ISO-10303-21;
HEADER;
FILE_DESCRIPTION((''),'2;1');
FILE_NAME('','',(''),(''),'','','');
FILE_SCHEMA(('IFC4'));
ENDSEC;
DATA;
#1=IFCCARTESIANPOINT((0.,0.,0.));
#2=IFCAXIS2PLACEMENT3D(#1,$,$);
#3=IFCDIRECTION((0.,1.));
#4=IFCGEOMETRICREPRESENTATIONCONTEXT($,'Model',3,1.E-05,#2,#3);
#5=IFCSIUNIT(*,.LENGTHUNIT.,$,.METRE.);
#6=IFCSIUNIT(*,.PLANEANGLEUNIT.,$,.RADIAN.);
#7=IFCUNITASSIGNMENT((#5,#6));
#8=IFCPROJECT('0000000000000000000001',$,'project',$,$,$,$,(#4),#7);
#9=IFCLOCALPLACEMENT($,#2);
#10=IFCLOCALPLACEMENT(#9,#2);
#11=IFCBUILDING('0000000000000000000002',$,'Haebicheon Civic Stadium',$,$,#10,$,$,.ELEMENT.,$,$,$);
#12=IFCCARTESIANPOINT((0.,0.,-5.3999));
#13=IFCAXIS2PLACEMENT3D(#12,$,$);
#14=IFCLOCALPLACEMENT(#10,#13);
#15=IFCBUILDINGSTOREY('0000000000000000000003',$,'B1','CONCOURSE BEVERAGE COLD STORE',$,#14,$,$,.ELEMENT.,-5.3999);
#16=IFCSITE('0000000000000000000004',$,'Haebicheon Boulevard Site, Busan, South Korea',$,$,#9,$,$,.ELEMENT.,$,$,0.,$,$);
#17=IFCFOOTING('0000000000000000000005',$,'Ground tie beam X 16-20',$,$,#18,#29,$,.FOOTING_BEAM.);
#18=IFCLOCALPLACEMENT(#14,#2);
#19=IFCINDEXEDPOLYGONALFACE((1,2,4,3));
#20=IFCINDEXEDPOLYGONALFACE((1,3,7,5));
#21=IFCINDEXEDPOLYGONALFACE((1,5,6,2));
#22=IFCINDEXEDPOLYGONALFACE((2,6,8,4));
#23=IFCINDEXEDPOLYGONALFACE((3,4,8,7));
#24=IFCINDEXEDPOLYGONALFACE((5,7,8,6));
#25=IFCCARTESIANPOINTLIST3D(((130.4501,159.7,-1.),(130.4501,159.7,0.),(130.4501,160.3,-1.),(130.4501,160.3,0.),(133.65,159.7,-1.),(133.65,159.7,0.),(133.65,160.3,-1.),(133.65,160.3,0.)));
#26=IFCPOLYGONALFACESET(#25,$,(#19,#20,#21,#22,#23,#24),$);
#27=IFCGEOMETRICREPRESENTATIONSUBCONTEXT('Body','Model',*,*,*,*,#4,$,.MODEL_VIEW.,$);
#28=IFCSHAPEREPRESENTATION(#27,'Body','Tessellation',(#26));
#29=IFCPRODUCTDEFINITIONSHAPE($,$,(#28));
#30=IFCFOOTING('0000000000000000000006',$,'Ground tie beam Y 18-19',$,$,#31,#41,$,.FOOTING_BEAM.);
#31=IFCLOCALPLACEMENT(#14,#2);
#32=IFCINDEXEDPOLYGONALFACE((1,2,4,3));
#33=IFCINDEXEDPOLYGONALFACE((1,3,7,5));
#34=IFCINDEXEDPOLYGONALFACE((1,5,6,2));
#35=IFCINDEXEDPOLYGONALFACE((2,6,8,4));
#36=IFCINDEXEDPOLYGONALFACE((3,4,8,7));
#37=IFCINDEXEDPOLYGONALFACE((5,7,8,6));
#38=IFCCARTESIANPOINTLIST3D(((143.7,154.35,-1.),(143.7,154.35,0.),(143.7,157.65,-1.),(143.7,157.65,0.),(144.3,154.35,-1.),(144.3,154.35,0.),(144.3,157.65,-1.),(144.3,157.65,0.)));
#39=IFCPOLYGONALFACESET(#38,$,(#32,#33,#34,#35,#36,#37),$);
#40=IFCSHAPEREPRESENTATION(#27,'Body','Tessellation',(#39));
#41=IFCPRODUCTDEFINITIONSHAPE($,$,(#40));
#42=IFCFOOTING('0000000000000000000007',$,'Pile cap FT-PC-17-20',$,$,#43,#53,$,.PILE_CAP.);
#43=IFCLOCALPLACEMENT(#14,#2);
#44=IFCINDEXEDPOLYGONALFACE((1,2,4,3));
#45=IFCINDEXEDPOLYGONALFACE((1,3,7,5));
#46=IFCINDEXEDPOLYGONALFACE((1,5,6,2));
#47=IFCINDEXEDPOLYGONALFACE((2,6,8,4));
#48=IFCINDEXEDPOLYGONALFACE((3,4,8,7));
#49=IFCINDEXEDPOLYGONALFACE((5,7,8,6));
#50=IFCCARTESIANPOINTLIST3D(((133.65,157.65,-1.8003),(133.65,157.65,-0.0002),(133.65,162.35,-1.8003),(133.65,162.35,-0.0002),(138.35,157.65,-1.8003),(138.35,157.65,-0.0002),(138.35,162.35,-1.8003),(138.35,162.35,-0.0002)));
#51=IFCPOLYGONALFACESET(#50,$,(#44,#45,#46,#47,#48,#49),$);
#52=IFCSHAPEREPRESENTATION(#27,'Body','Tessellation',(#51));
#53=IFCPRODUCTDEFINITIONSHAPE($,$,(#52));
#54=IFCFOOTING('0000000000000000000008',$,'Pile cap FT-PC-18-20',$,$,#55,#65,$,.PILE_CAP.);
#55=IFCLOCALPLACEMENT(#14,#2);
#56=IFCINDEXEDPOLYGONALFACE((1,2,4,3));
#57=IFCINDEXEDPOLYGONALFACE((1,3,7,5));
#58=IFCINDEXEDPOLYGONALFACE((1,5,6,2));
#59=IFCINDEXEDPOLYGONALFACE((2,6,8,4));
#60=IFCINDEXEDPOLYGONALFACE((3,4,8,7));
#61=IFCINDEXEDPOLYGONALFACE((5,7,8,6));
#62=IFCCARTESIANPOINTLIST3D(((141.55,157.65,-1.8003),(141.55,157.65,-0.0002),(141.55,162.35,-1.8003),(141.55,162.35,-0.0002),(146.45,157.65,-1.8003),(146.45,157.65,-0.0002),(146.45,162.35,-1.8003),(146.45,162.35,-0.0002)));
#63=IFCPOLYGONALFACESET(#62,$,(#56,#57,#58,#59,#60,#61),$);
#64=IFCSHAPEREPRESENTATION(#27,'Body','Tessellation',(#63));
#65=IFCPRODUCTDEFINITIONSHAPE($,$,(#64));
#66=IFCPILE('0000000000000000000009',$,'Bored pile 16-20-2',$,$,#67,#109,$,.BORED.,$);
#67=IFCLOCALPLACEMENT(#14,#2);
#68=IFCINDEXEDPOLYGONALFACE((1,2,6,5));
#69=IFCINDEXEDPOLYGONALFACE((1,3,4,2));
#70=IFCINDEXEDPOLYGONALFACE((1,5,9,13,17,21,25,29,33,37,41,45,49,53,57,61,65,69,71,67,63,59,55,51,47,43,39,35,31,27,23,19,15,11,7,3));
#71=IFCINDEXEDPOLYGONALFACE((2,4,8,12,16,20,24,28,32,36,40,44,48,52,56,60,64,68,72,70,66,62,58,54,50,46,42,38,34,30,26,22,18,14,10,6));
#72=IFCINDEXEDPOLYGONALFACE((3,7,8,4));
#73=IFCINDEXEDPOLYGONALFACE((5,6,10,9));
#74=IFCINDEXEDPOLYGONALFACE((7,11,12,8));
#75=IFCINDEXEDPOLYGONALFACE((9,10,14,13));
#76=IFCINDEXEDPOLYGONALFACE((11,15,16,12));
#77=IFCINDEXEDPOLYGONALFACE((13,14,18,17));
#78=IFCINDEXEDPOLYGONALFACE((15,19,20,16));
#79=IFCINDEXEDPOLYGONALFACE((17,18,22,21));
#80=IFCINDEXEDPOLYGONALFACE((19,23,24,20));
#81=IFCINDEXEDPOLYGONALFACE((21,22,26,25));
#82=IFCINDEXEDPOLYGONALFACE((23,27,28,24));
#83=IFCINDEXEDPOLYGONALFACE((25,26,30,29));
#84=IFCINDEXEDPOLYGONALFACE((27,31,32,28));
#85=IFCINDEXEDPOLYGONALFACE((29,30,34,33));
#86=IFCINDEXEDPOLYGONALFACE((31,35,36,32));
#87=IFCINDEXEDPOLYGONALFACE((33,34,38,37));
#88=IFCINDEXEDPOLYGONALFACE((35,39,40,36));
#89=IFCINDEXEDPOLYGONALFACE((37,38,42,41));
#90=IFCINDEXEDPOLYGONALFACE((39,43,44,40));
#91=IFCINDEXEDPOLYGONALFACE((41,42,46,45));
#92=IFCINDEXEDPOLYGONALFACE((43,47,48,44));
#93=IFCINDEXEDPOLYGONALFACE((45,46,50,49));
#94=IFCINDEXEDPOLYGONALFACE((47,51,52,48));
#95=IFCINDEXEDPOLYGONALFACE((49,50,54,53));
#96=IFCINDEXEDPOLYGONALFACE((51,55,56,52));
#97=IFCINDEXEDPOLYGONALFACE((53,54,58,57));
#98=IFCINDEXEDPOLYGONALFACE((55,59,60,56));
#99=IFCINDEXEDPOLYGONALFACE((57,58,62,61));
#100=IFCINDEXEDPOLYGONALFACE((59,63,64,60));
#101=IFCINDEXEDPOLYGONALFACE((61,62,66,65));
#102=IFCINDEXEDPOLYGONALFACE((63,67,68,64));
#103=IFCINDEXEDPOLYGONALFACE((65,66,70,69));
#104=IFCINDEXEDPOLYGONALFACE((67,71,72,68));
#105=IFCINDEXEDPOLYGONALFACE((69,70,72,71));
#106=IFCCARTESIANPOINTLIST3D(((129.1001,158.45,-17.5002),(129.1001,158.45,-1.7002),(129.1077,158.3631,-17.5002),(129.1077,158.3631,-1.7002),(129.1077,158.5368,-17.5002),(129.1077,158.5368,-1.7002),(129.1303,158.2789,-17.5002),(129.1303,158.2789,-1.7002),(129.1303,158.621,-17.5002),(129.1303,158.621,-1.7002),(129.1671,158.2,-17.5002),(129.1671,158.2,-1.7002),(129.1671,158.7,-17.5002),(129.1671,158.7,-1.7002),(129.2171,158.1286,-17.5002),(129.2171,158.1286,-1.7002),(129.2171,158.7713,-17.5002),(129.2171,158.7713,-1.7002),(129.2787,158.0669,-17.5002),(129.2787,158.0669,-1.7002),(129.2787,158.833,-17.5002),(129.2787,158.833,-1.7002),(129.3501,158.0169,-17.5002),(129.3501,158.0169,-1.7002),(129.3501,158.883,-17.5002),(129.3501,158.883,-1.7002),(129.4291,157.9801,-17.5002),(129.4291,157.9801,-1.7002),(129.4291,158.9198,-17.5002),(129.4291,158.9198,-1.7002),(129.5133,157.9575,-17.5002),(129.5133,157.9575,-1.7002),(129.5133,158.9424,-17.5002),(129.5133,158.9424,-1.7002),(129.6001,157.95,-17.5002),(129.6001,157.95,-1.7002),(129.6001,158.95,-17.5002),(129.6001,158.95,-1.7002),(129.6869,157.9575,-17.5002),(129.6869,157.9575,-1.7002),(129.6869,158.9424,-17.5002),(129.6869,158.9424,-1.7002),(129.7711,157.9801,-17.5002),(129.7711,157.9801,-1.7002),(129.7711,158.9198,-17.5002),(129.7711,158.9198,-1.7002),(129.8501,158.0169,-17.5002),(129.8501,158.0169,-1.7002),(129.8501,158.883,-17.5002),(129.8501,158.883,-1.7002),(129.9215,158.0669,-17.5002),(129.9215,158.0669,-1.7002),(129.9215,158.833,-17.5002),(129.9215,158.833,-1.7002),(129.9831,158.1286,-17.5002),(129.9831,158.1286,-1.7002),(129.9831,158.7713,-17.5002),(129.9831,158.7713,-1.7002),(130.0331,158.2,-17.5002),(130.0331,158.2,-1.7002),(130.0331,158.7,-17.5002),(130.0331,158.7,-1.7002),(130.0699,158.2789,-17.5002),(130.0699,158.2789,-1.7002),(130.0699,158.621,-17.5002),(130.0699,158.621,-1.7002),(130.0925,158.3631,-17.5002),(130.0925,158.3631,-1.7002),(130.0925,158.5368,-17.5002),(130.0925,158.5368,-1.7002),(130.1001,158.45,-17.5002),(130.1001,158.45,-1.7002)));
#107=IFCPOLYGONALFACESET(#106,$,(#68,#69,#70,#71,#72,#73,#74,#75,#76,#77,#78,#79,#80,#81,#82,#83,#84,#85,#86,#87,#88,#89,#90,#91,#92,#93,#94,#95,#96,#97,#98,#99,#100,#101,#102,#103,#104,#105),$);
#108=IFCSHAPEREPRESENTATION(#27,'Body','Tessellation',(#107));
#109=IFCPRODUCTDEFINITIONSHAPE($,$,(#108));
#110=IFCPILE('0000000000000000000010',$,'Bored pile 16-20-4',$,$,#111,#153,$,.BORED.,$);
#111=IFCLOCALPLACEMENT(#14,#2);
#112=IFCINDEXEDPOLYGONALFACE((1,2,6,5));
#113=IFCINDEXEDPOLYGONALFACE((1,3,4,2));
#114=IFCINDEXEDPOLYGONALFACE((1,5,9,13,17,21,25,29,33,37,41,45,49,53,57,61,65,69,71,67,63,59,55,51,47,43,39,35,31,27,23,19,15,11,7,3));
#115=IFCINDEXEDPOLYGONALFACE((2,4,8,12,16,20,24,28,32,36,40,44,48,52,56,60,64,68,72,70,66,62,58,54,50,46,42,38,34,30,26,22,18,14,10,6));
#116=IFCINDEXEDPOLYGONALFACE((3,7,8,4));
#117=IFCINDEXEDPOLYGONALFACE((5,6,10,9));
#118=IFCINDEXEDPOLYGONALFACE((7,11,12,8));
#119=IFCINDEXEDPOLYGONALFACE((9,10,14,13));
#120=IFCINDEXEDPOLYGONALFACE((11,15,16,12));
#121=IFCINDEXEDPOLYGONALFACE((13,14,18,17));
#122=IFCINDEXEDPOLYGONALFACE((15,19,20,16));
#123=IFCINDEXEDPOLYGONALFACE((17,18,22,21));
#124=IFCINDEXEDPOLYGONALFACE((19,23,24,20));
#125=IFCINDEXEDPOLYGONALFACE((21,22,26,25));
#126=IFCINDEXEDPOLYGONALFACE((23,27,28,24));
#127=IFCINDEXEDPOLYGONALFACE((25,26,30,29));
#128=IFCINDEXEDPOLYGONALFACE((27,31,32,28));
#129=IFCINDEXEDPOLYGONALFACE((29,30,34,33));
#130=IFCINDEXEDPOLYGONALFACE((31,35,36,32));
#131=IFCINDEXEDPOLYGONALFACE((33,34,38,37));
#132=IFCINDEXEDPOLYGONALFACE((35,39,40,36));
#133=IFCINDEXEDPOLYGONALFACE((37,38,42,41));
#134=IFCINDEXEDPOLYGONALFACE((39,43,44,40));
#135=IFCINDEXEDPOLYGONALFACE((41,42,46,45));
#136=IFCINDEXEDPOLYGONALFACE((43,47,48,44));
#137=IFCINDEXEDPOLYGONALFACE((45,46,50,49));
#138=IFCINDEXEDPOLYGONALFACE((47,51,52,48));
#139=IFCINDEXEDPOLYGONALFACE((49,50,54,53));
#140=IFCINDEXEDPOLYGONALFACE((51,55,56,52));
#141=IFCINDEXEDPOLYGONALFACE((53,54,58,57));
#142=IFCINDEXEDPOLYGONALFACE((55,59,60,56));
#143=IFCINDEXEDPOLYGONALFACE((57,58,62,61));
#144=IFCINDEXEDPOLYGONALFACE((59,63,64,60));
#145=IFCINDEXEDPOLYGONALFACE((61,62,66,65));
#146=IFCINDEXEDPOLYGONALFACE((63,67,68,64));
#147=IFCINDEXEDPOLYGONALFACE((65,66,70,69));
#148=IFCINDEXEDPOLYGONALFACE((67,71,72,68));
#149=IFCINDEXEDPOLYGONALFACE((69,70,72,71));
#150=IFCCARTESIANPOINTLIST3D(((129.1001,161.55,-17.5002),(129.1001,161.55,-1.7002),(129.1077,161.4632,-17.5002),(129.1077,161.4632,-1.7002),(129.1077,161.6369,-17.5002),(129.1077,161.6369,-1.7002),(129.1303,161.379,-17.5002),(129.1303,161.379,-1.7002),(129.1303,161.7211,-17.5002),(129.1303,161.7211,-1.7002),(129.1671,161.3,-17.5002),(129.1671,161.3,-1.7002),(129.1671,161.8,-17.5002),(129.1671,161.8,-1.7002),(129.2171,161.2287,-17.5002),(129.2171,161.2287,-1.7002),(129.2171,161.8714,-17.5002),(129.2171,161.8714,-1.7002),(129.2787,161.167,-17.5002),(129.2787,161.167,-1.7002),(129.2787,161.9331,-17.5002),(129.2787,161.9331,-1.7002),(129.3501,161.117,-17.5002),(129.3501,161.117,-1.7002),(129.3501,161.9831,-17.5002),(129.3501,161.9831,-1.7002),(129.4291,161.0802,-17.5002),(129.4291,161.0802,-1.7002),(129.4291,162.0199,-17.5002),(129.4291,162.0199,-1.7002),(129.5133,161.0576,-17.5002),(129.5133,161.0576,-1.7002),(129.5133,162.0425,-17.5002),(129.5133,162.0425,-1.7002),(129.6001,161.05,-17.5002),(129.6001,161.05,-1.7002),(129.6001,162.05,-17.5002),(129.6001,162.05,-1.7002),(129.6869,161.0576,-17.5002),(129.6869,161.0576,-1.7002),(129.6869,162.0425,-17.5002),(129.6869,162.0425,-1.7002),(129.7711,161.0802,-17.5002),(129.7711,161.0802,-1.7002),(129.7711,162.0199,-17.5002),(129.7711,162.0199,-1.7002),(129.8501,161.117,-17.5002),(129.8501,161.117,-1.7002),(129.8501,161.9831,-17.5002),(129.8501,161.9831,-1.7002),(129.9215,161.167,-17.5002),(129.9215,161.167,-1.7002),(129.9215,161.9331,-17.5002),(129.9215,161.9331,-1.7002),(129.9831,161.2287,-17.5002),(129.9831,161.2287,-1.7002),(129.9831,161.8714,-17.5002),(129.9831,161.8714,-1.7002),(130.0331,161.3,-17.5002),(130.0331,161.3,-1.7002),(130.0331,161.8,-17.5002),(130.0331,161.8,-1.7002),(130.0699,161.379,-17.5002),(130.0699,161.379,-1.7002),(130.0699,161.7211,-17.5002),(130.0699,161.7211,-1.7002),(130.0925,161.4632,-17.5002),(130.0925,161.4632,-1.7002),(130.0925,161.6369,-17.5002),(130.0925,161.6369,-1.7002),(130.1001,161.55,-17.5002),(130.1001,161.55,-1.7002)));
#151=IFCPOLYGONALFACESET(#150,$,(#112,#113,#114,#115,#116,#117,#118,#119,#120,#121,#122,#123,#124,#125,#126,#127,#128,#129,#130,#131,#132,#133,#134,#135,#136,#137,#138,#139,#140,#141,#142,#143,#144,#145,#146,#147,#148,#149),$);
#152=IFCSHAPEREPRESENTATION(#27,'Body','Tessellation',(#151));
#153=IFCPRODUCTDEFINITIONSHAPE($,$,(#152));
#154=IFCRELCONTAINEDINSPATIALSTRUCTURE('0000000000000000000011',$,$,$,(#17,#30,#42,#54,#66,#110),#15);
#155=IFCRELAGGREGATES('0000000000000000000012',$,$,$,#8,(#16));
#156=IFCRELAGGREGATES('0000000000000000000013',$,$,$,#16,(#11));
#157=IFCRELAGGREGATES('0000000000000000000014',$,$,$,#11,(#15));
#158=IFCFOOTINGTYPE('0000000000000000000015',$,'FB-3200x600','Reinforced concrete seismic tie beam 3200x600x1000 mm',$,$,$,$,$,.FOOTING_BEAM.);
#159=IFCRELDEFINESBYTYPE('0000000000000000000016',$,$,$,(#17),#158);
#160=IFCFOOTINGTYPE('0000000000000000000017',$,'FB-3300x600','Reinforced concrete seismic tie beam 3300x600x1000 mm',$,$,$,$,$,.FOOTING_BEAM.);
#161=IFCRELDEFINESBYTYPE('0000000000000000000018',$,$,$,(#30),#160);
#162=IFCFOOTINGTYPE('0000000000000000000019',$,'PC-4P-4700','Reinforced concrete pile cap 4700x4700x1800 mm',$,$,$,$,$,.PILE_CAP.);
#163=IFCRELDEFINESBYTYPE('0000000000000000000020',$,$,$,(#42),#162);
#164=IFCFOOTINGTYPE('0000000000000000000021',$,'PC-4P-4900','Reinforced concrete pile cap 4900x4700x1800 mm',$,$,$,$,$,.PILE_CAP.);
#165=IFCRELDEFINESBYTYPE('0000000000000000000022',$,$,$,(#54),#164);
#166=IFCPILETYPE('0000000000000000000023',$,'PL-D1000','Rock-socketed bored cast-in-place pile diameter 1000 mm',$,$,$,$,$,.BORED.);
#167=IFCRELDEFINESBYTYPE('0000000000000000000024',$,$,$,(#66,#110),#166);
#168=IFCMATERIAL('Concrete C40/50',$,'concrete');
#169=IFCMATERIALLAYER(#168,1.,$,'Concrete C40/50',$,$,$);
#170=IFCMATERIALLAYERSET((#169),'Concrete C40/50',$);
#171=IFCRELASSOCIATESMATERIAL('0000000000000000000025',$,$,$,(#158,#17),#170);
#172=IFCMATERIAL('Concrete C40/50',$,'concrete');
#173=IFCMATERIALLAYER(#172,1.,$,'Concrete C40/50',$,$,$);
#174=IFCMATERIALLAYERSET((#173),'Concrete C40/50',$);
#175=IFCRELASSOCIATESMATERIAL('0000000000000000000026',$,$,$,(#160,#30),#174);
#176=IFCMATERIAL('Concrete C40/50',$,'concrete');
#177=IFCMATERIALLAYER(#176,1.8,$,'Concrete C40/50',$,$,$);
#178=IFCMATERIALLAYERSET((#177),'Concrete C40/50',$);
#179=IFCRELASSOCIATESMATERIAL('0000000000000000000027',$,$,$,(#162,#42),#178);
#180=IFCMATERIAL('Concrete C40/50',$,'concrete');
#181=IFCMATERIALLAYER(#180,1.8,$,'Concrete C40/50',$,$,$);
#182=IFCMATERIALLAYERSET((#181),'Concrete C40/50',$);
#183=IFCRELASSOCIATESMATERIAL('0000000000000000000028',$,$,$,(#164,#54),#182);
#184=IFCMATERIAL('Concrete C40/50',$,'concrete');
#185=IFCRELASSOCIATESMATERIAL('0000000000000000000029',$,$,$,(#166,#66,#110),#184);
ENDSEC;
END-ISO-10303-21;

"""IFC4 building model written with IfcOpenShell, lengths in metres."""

from ifc_helpers import new_model, si_unit, direction, frame, origin, origin_2d, place, context, subcontext, project, spatial, rectangle, circle, extrude, material, layer, layer_set, material_profile, profile_set, type_object, element, save


model = new_model("IFC4")

# Units and contexts
model_context = context("Model", 3, precision=1e-05, world=origin(), true_north=direction((0.0, 1.0)))
body_context = subcontext(model_context, "Body", "Model", "MODEL_VIEW")
ifc_project = project(units=[si_unit("LENGTHUNIT", "METRE"), si_unit("PLANEANGLEUNIT", "RADIAN")], contexts=[model_context])

# Site, building, storey
site_placement = place(None, origin())
site = spatial("IfcSite", under=ifc_project, at=site_placement, Name="Haebicheon Boulevard Site, Busan, South Korea", CompositionType="ELEMENT", RefElevation=0.0)
building_placement = place(site_placement, origin())
building = spatial("IfcBuilding", under=site, at=building_placement, Name="Haebicheon Civic Stadium", CompositionType="ELEMENT")
storey_placement = place(building_placement, frame((0.0, 0.0, -5.3999)))
storey = spatial("IfcBuildingStorey", under=building, at=storey_placement, Name="B1", Description="CONCOURSE BEVERAGE COLD STORE", CompositionType="ELEMENT", Elevation=-5.3999)

# Footings
ifc_material_1 = material(Name="Concrete C40/50", Category="concrete")
ifc_layer_1 = layer(ifc_material_1, 1.0, Name="Concrete C40/50")
ifc_layer_set_1 = layer_set([ifc_layer_1], Name="Concrete C40/50")
footing_type_1 = type_object("IfcFootingType", Name="FB-3200x600", Description="Reinforced concrete seismic tie beam 3200x600x1000 mm", PredefinedType="FOOTING_BEAM", material=ifc_layer_set_1)
footing_1_placement = place(storey_placement, frame((132.05, 160.0, -1.0), z_axis=(0.0, 0.0, 1.0), x_axis=(1.0, 0.0, 0.0)))
element("IfcFooting", 1, at=footing_1_placement, inside=storey, type_object=footing_type_1, material=ifc_layer_set_1, Name="Ground tie beam X 16-20", PredefinedType="FOOTING_BEAM", context=body_context, shape_type="SweptSolid", body=[
    extrude(rectangle(XDim=3.2, YDim=0.6001, at=origin_2d()), origin(), (0.0, 0.0, 1.0), 1.0),
])
ifc_material_2 = material(Name="Concrete C40/50", Category="concrete")
ifc_layer_2 = layer(ifc_material_2, 1.0, Name="Concrete C40/50")
ifc_layer_set_2 = layer_set([ifc_layer_2], Name="Concrete C40/50")
footing_type_2 = type_object("IfcFootingType", Name="FB-3300x600", Description="Reinforced concrete seismic tie beam 3300x600x1000 mm", PredefinedType="FOOTING_BEAM", material=ifc_layer_set_2)
footing_2_placement = place(storey_placement, frame((144.0, 156.0, -1.0), z_axis=(0.0, 0.0, 1.0), x_axis=(0.0, 1.0, 0.0)))
element("IfcFooting", 2, at=footing_2_placement, inside=storey, type_object=footing_type_2, material=ifc_layer_set_2, Name="Ground tie beam Y 18-19", PredefinedType="FOOTING_BEAM", context=body_context, shape_type="SweptSolid", body=[
    extrude(rectangle(XDim=3.3, YDim=0.6001, at=origin_2d()), origin(), (0.0, 0.0, 1.0), 1.0),
])
ifc_material_3 = material(Name="Concrete C40/50", Category="concrete")
ifc_layer_3 = layer(ifc_material_3, 1.8, Name="Concrete C40/50")
ifc_layer_set_3 = layer_set([ifc_layer_3], Name="Concrete C40/50")
footing_type_3 = type_object("IfcFootingType", Name="PC-4P-4700", Description="Reinforced concrete pile cap 4700x4700x1800 mm", PredefinedType="PILE_CAP", material=ifc_layer_set_3)
footing_3_placement = place(storey_placement, frame((136.0, 160.0, -1.8003), z_axis=(0.0, 0.0, 1.0), x_axis=(1.0, 0.0, 0.0)))
element("IfcFooting", 3, at=footing_3_placement, inside=storey, type_object=footing_type_3, material=ifc_layer_set_3, Name="Pile cap FT-PC-17-20", PredefinedType="PILE_CAP", context=body_context, shape_type="SweptSolid", body=[
    extrude(rectangle(XDim=4.7, YDim=4.7, at=origin_2d()), origin(), (0.0, 0.0, 1.0), 1.8),
])
ifc_material_4 = material(Name="Concrete C40/50", Category="concrete")
ifc_layer_4 = layer(ifc_material_4, 1.8, Name="Concrete C40/50")
ifc_layer_set_4 = layer_set([ifc_layer_4], Name="Concrete C40/50")
footing_type_4 = type_object("IfcFootingType", Name="PC-4P-4900", Description="Reinforced concrete pile cap 4900x4700x1800 mm", PredefinedType="PILE_CAP", material=ifc_layer_set_4)
footing_4_placement = place(storey_placement, frame((144.0, 160.0, -1.8003), z_axis=(0.0, 0.0, 1.0), x_axis=(1.0, 0.0, 0.0)))
element("IfcFooting", 4, at=footing_4_placement, inside=storey, type_object=footing_type_4, material=ifc_layer_set_4, Name="Pile cap FT-PC-18-20", PredefinedType="PILE_CAP", context=body_context, shape_type="SweptSolid", body=[
    extrude(rectangle(XDim=4.8999, YDim=4.7, at=origin_2d()), origin(), (0.0, 0.0, 1.0), 1.8),
])

# Piles
ifc_material_5 = material(Name="Concrete C40/50", Category="concrete")
ifc_material_profile_1 = material_profile(ifc_material_5, circle(Radius=0.5, at=origin_2d()), Name="PILE-D1000")
ifc_profile_set_1 = profile_set([ifc_material_profile_1], Name="Concrete C40/50")
pile_type = type_object("IfcPileType", Name="PL-D1000", Description="Rock-socketed bored cast-in-place pile diameter 1000 mm", PredefinedType="BORED", material=ifc_profile_set_1)
for number, where, z_axis, x_axis, name in (
    (5, (129.6001, 158.45, -1.7002), (0.0, 0.0, -1.0), (1.0, 0.0, 0.0), "Bored pile 16-20-2"),
    (6, (129.6001, 161.55, -1.7002), (0.0, 0.0, -1.0), (1.0, 0.0, 0.0), "Bored pile 16-20-4"),
):
    element("IfcPile", number, at=place(storey_placement, frame(where, z_axis=z_axis, x_axis=x_axis)), inside=storey, type_object=pile_type, material=ifc_profile_set_1, Name=name, PredefinedType="BORED", context=body_context, shape_type="SweptSolid", body=[
        extrude(circle(Radius=0.5, at=origin_2d()), origin(), (0.0, 0.0, 1.0), 15.8),
    ])

save(model, "model.ifc")
